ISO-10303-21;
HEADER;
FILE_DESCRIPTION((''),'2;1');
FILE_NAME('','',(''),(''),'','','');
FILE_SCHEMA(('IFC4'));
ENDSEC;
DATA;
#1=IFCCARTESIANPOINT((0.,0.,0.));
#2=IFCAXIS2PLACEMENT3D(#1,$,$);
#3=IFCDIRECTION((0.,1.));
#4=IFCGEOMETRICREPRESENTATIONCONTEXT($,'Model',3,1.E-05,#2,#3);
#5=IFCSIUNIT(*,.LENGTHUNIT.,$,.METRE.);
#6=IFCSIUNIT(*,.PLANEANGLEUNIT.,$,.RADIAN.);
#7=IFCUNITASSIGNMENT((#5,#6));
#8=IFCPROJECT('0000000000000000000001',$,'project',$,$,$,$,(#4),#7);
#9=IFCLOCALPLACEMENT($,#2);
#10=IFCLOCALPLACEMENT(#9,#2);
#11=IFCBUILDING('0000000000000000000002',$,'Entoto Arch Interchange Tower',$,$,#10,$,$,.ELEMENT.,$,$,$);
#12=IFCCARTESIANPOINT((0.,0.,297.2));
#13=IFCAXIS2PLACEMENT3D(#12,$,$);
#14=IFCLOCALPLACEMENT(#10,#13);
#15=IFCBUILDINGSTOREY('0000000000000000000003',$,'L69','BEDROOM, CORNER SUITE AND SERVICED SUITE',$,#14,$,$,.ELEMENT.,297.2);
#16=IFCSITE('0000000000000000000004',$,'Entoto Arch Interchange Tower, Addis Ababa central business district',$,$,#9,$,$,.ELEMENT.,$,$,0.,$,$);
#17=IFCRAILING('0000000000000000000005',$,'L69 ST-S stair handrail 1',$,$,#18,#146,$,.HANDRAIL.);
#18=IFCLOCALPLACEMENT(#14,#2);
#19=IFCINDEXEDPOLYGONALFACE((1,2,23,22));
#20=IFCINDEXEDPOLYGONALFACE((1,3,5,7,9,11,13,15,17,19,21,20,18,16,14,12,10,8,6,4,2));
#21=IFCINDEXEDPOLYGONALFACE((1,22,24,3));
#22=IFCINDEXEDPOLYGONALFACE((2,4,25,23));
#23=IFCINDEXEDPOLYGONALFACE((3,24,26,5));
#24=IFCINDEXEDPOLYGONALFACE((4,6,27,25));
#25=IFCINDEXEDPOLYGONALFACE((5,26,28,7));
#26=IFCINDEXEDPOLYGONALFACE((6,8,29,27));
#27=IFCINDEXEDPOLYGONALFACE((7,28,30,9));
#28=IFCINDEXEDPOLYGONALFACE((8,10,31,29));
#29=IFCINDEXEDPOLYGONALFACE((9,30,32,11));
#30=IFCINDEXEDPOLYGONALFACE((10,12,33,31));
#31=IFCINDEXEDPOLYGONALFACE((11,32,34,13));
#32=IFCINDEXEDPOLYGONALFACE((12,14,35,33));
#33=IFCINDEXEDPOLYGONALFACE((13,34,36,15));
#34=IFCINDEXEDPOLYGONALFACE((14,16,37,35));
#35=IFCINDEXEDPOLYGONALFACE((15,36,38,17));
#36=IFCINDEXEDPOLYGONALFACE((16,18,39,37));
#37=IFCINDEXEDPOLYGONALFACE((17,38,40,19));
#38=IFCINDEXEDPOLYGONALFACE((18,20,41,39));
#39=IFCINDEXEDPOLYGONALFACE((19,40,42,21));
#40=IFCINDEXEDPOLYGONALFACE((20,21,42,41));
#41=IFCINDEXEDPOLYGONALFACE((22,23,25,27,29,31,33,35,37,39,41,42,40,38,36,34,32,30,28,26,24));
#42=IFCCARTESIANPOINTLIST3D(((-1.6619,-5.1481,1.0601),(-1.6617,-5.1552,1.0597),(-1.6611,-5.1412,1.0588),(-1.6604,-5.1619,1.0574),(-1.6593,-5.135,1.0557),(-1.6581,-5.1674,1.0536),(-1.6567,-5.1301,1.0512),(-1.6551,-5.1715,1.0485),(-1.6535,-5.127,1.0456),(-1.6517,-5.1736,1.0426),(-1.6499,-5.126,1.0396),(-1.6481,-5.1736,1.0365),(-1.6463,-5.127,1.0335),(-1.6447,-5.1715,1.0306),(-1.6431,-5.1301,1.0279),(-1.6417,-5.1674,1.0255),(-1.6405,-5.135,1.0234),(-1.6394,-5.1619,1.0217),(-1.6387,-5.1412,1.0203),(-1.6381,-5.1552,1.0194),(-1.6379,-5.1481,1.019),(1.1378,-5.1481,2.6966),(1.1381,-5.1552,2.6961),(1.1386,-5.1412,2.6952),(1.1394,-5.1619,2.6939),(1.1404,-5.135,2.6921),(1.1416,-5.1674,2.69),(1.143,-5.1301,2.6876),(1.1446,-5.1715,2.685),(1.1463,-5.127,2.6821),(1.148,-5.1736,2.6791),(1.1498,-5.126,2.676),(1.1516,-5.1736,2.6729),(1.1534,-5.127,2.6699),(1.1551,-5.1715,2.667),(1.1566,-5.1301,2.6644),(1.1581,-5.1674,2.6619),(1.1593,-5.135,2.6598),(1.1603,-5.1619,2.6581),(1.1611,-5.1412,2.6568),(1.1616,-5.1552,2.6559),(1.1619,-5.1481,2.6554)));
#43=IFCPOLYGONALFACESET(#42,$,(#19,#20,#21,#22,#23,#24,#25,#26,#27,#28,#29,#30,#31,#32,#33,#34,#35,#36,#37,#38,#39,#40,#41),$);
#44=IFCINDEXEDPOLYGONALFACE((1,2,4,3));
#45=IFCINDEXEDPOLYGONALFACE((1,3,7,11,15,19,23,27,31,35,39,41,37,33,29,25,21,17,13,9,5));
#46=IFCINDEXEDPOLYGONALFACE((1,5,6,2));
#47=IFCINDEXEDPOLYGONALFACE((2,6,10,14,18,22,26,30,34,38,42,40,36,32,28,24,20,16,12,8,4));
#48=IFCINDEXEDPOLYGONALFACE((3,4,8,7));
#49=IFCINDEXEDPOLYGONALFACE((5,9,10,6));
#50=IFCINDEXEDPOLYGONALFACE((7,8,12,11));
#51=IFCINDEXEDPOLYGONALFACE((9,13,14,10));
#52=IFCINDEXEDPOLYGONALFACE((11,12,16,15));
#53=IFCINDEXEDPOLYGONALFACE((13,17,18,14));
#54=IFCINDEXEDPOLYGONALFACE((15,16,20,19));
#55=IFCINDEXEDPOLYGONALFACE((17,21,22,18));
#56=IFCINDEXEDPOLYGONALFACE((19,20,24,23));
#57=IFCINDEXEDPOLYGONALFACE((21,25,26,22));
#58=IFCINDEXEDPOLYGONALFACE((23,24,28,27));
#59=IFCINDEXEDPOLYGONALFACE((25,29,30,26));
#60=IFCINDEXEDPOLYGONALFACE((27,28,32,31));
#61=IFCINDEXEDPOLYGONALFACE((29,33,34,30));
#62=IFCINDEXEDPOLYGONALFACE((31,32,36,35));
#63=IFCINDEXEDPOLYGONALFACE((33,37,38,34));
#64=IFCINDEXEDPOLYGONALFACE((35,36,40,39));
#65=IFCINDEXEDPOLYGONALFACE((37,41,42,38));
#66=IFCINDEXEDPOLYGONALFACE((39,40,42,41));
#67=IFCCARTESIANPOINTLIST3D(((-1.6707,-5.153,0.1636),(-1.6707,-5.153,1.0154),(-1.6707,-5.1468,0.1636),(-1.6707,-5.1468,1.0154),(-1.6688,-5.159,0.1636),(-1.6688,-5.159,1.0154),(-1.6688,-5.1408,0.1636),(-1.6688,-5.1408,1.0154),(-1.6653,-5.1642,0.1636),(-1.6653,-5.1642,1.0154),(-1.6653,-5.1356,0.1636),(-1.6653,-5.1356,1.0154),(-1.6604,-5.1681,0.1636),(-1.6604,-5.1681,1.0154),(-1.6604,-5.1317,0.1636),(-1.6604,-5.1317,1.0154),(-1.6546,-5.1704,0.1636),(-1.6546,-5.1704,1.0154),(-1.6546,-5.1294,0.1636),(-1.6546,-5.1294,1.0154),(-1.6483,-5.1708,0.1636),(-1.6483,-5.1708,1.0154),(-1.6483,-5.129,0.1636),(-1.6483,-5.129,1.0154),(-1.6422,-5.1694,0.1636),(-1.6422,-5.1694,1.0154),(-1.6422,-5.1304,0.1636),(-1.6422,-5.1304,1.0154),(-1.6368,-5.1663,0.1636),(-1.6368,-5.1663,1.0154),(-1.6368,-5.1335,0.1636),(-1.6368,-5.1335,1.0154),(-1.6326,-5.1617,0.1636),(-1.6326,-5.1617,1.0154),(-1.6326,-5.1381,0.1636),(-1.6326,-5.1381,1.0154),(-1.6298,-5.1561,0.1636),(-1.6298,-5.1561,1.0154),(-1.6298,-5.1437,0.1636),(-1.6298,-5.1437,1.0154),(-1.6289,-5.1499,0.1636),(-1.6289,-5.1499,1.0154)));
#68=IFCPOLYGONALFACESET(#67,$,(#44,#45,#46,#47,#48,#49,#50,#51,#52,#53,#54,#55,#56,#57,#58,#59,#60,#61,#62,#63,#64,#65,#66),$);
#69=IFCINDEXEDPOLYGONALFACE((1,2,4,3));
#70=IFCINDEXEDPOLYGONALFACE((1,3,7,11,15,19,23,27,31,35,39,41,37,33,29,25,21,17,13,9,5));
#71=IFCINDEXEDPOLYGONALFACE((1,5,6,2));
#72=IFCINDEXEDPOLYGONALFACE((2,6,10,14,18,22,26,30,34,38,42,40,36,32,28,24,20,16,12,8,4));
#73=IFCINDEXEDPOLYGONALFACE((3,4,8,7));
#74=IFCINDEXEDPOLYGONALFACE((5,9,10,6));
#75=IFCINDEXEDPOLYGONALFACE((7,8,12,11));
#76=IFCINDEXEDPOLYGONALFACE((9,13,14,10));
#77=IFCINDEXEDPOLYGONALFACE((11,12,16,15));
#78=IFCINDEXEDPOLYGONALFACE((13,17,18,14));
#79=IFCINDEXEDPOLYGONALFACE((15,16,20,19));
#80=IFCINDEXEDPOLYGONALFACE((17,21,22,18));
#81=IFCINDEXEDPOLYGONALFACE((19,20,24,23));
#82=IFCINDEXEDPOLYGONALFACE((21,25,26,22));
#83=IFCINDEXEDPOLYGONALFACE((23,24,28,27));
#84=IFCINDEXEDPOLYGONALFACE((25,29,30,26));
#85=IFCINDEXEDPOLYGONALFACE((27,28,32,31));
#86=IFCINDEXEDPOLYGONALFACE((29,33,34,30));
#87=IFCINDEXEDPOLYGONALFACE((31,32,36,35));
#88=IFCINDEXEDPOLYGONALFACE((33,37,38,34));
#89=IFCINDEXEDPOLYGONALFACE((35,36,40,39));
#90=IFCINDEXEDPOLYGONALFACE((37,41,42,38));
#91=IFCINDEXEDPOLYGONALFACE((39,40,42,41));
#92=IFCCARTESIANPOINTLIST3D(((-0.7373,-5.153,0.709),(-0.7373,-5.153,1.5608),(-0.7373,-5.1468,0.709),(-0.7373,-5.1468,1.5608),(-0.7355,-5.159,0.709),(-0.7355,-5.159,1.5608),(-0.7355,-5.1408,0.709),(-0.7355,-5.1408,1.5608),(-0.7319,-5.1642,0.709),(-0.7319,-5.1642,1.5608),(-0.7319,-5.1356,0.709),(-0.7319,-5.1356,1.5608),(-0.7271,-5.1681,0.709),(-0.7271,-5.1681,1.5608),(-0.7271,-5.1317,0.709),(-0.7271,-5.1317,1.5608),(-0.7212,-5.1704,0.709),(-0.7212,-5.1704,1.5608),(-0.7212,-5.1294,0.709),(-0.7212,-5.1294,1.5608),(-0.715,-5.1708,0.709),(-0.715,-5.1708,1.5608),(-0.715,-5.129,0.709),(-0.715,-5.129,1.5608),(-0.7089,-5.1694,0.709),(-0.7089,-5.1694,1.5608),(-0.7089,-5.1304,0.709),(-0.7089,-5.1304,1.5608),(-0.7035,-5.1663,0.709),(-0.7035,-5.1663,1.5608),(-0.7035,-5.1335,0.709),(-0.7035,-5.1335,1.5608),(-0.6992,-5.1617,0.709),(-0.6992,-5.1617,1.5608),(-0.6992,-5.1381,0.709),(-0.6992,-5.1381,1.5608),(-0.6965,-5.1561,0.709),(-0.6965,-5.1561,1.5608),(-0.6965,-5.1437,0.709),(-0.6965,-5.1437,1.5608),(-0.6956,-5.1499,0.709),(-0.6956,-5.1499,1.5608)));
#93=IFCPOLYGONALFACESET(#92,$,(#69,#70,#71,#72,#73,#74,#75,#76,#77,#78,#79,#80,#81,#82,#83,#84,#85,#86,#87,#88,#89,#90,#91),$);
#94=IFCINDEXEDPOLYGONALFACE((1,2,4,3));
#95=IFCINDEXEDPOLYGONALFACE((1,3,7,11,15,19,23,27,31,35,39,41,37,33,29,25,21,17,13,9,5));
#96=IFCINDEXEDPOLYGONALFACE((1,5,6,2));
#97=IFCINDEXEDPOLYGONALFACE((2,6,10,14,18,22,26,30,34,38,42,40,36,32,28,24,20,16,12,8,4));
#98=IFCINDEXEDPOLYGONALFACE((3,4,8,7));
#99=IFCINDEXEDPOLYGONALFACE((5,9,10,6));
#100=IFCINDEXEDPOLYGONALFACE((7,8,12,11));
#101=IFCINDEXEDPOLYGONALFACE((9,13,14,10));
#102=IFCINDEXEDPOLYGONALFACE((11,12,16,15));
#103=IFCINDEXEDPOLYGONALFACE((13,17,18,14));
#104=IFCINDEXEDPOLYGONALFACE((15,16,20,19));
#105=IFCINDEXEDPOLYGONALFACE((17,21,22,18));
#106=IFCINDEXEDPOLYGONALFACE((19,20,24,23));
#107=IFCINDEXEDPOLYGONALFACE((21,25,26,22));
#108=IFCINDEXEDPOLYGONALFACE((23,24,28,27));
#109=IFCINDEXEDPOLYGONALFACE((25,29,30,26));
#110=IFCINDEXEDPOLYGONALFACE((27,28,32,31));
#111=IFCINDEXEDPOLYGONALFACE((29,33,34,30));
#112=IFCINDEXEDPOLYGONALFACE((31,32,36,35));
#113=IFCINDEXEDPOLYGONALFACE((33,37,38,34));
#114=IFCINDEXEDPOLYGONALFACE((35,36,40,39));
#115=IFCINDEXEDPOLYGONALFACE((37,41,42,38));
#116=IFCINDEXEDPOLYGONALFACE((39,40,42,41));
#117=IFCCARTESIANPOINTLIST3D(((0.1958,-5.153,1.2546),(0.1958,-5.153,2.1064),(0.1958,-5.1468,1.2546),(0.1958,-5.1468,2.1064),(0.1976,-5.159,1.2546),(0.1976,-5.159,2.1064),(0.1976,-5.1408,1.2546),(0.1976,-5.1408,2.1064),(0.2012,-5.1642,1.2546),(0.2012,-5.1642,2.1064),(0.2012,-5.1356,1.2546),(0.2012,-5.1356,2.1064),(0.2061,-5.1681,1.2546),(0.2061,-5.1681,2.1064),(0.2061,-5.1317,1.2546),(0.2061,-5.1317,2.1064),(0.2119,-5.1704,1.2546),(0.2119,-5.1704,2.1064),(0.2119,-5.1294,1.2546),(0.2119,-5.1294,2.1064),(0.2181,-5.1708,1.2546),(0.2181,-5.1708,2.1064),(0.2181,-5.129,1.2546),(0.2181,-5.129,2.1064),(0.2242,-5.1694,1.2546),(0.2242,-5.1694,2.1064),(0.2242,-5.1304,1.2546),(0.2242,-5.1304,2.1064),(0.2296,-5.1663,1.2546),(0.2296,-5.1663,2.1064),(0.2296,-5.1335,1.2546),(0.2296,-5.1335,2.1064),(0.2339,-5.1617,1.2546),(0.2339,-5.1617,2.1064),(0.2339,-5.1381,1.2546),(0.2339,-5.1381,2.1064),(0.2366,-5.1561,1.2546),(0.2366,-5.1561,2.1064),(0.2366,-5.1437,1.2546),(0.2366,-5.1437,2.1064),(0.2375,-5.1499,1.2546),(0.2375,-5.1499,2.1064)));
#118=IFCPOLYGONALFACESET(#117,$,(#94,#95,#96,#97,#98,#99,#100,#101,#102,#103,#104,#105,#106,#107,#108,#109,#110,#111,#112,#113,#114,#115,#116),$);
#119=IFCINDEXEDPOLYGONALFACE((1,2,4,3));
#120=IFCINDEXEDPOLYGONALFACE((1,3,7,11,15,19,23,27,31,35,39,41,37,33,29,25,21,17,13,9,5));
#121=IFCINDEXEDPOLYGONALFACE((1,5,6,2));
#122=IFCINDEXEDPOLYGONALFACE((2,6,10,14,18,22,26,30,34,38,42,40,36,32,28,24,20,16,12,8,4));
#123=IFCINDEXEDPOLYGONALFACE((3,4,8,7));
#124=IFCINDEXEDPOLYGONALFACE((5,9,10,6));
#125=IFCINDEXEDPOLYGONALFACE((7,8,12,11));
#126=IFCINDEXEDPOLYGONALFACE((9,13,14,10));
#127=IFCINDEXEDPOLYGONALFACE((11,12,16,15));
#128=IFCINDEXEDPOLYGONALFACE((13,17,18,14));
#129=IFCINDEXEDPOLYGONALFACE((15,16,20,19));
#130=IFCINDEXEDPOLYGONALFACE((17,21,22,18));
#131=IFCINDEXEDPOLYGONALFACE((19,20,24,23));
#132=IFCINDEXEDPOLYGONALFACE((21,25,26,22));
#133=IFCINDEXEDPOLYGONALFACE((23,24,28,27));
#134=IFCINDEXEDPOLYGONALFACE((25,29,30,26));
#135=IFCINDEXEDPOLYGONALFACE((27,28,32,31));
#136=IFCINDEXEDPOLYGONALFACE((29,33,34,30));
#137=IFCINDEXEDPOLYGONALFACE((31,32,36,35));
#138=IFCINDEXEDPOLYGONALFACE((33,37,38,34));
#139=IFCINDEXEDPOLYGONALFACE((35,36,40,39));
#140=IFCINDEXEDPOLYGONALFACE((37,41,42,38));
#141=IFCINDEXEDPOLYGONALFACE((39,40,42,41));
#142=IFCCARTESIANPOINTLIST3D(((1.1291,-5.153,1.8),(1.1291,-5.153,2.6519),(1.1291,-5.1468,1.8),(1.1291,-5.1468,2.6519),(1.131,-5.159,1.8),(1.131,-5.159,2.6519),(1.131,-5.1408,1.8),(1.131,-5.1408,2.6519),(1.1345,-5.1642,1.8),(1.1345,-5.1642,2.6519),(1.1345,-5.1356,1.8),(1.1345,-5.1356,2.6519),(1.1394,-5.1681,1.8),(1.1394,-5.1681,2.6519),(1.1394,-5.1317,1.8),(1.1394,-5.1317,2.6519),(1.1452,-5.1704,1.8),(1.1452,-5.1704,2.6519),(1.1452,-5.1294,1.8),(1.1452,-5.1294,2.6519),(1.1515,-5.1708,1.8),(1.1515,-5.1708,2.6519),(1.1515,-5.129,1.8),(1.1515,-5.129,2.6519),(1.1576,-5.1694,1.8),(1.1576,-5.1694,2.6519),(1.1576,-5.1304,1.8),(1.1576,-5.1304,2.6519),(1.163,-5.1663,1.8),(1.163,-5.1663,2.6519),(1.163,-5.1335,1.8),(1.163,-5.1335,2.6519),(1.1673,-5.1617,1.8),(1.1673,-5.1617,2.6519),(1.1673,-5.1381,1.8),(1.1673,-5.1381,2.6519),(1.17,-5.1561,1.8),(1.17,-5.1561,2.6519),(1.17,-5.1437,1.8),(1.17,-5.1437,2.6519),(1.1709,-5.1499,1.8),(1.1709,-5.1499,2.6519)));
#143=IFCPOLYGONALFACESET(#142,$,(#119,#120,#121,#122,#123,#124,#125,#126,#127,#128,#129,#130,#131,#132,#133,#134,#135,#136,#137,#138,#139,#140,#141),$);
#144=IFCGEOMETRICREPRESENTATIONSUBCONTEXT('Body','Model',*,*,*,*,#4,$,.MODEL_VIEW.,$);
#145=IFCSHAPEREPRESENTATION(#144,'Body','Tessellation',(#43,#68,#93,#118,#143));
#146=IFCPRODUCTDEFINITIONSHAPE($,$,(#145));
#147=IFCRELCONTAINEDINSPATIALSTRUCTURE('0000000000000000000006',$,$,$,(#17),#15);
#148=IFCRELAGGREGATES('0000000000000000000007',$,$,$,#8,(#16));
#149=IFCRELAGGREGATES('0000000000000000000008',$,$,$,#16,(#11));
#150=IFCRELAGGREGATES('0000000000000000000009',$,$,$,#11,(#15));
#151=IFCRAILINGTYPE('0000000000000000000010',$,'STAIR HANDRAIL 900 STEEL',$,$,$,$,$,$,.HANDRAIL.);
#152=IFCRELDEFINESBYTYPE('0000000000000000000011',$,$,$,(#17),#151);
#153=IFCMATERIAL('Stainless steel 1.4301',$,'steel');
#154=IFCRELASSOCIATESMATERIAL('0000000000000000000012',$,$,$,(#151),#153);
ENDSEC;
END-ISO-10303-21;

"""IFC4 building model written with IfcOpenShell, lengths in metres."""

from ifc_helpers import new_model, si_unit, direction, frame, origin, origin_2d, place, context, subcontext, project, spatial, circle, extrude, material, type_object, element, save


model = new_model("IFC4")

# Units and contexts
model_context = context("Model", 3, precision=1e-05, world=origin(), true_north=direction((0.0, 1.0)))
body_context = subcontext(model_context, "Body", "Model", "MODEL_VIEW")
ifc_project = project(units=[si_unit("LENGTHUNIT", "METRE"), si_unit("PLANEANGLEUNIT", "RADIAN")], contexts=[model_context])

# Site, building, storey
site_placement = place(None, origin())
site = spatial("IfcSite", under=ifc_project, at=site_placement, Name="Entoto Arch Interchange Tower, Addis Ababa central business district", CompositionType="ELEMENT", RefElevation=0.0)
building_placement = place(site_placement, origin())
building = spatial("IfcBuilding", under=site, at=building_placement, Name="Entoto Arch Interchange Tower", CompositionType="ELEMENT")
storey_placement = place(building_placement, frame((0.0, 0.0, 297.2)))
storey = spatial("IfcBuildingStorey", under=building, at=storey_placement, Name="L69", Description="BEDROOM, CORNER SUITE AND SERVICED SUITE", CompositionType="ELEMENT", Elevation=297.2)

# Railing
ifc_material_1 = material(Name="Stainless steel 1.4301", Category="steel")
railing_type_1 = type_object("IfcRailingType", Name="STAIR HANDRAIL 900 STEEL", PredefinedType="HANDRAIL", material=ifc_material_1)
railing_1_placement = place(storey_placement, frame((-1.6499, -5.1499, 0.1636)))
element("IfcRailing", 1, at=railing_1_placement, inside=storey, type_object=railing_type_1, Name="L69 ST-S stair handrail 1", PredefinedType="HANDRAIL", context=body_context, shape_type="SweptSolid", body=[
    extrude(circle(Radius=0.0239, at=origin_2d()), frame((0.0, 0.0, 0.876), z_axis=(0.863342, 0.0, 0.50462), x_axis=(0.0, 1.0, 0.0)), (0.0, 0.0, 1.0), 3.2429),
    extrude(circle(Radius=0.021, at=origin_2d()), origin(), (0.0, 0.0, 1.0), 0.8518),
    extrude(circle(Radius=0.021, at=origin_2d()), frame((0.9333, 0.0, 0.5454)), (0.0, 0.0, 1.0), 0.8518),
    extrude(circle(Radius=0.021, at=origin_2d()), frame((1.8665, 0.0, 1.0911)), (0.0, 0.0, 1.0), 0.8518),
    extrude(circle(Radius=0.021, at=origin_2d()), frame((2.7998, 0.0, 1.6365)), (0.0, 0.0, 1.0), 0.8518),
])

save(model, "model.ifc")
